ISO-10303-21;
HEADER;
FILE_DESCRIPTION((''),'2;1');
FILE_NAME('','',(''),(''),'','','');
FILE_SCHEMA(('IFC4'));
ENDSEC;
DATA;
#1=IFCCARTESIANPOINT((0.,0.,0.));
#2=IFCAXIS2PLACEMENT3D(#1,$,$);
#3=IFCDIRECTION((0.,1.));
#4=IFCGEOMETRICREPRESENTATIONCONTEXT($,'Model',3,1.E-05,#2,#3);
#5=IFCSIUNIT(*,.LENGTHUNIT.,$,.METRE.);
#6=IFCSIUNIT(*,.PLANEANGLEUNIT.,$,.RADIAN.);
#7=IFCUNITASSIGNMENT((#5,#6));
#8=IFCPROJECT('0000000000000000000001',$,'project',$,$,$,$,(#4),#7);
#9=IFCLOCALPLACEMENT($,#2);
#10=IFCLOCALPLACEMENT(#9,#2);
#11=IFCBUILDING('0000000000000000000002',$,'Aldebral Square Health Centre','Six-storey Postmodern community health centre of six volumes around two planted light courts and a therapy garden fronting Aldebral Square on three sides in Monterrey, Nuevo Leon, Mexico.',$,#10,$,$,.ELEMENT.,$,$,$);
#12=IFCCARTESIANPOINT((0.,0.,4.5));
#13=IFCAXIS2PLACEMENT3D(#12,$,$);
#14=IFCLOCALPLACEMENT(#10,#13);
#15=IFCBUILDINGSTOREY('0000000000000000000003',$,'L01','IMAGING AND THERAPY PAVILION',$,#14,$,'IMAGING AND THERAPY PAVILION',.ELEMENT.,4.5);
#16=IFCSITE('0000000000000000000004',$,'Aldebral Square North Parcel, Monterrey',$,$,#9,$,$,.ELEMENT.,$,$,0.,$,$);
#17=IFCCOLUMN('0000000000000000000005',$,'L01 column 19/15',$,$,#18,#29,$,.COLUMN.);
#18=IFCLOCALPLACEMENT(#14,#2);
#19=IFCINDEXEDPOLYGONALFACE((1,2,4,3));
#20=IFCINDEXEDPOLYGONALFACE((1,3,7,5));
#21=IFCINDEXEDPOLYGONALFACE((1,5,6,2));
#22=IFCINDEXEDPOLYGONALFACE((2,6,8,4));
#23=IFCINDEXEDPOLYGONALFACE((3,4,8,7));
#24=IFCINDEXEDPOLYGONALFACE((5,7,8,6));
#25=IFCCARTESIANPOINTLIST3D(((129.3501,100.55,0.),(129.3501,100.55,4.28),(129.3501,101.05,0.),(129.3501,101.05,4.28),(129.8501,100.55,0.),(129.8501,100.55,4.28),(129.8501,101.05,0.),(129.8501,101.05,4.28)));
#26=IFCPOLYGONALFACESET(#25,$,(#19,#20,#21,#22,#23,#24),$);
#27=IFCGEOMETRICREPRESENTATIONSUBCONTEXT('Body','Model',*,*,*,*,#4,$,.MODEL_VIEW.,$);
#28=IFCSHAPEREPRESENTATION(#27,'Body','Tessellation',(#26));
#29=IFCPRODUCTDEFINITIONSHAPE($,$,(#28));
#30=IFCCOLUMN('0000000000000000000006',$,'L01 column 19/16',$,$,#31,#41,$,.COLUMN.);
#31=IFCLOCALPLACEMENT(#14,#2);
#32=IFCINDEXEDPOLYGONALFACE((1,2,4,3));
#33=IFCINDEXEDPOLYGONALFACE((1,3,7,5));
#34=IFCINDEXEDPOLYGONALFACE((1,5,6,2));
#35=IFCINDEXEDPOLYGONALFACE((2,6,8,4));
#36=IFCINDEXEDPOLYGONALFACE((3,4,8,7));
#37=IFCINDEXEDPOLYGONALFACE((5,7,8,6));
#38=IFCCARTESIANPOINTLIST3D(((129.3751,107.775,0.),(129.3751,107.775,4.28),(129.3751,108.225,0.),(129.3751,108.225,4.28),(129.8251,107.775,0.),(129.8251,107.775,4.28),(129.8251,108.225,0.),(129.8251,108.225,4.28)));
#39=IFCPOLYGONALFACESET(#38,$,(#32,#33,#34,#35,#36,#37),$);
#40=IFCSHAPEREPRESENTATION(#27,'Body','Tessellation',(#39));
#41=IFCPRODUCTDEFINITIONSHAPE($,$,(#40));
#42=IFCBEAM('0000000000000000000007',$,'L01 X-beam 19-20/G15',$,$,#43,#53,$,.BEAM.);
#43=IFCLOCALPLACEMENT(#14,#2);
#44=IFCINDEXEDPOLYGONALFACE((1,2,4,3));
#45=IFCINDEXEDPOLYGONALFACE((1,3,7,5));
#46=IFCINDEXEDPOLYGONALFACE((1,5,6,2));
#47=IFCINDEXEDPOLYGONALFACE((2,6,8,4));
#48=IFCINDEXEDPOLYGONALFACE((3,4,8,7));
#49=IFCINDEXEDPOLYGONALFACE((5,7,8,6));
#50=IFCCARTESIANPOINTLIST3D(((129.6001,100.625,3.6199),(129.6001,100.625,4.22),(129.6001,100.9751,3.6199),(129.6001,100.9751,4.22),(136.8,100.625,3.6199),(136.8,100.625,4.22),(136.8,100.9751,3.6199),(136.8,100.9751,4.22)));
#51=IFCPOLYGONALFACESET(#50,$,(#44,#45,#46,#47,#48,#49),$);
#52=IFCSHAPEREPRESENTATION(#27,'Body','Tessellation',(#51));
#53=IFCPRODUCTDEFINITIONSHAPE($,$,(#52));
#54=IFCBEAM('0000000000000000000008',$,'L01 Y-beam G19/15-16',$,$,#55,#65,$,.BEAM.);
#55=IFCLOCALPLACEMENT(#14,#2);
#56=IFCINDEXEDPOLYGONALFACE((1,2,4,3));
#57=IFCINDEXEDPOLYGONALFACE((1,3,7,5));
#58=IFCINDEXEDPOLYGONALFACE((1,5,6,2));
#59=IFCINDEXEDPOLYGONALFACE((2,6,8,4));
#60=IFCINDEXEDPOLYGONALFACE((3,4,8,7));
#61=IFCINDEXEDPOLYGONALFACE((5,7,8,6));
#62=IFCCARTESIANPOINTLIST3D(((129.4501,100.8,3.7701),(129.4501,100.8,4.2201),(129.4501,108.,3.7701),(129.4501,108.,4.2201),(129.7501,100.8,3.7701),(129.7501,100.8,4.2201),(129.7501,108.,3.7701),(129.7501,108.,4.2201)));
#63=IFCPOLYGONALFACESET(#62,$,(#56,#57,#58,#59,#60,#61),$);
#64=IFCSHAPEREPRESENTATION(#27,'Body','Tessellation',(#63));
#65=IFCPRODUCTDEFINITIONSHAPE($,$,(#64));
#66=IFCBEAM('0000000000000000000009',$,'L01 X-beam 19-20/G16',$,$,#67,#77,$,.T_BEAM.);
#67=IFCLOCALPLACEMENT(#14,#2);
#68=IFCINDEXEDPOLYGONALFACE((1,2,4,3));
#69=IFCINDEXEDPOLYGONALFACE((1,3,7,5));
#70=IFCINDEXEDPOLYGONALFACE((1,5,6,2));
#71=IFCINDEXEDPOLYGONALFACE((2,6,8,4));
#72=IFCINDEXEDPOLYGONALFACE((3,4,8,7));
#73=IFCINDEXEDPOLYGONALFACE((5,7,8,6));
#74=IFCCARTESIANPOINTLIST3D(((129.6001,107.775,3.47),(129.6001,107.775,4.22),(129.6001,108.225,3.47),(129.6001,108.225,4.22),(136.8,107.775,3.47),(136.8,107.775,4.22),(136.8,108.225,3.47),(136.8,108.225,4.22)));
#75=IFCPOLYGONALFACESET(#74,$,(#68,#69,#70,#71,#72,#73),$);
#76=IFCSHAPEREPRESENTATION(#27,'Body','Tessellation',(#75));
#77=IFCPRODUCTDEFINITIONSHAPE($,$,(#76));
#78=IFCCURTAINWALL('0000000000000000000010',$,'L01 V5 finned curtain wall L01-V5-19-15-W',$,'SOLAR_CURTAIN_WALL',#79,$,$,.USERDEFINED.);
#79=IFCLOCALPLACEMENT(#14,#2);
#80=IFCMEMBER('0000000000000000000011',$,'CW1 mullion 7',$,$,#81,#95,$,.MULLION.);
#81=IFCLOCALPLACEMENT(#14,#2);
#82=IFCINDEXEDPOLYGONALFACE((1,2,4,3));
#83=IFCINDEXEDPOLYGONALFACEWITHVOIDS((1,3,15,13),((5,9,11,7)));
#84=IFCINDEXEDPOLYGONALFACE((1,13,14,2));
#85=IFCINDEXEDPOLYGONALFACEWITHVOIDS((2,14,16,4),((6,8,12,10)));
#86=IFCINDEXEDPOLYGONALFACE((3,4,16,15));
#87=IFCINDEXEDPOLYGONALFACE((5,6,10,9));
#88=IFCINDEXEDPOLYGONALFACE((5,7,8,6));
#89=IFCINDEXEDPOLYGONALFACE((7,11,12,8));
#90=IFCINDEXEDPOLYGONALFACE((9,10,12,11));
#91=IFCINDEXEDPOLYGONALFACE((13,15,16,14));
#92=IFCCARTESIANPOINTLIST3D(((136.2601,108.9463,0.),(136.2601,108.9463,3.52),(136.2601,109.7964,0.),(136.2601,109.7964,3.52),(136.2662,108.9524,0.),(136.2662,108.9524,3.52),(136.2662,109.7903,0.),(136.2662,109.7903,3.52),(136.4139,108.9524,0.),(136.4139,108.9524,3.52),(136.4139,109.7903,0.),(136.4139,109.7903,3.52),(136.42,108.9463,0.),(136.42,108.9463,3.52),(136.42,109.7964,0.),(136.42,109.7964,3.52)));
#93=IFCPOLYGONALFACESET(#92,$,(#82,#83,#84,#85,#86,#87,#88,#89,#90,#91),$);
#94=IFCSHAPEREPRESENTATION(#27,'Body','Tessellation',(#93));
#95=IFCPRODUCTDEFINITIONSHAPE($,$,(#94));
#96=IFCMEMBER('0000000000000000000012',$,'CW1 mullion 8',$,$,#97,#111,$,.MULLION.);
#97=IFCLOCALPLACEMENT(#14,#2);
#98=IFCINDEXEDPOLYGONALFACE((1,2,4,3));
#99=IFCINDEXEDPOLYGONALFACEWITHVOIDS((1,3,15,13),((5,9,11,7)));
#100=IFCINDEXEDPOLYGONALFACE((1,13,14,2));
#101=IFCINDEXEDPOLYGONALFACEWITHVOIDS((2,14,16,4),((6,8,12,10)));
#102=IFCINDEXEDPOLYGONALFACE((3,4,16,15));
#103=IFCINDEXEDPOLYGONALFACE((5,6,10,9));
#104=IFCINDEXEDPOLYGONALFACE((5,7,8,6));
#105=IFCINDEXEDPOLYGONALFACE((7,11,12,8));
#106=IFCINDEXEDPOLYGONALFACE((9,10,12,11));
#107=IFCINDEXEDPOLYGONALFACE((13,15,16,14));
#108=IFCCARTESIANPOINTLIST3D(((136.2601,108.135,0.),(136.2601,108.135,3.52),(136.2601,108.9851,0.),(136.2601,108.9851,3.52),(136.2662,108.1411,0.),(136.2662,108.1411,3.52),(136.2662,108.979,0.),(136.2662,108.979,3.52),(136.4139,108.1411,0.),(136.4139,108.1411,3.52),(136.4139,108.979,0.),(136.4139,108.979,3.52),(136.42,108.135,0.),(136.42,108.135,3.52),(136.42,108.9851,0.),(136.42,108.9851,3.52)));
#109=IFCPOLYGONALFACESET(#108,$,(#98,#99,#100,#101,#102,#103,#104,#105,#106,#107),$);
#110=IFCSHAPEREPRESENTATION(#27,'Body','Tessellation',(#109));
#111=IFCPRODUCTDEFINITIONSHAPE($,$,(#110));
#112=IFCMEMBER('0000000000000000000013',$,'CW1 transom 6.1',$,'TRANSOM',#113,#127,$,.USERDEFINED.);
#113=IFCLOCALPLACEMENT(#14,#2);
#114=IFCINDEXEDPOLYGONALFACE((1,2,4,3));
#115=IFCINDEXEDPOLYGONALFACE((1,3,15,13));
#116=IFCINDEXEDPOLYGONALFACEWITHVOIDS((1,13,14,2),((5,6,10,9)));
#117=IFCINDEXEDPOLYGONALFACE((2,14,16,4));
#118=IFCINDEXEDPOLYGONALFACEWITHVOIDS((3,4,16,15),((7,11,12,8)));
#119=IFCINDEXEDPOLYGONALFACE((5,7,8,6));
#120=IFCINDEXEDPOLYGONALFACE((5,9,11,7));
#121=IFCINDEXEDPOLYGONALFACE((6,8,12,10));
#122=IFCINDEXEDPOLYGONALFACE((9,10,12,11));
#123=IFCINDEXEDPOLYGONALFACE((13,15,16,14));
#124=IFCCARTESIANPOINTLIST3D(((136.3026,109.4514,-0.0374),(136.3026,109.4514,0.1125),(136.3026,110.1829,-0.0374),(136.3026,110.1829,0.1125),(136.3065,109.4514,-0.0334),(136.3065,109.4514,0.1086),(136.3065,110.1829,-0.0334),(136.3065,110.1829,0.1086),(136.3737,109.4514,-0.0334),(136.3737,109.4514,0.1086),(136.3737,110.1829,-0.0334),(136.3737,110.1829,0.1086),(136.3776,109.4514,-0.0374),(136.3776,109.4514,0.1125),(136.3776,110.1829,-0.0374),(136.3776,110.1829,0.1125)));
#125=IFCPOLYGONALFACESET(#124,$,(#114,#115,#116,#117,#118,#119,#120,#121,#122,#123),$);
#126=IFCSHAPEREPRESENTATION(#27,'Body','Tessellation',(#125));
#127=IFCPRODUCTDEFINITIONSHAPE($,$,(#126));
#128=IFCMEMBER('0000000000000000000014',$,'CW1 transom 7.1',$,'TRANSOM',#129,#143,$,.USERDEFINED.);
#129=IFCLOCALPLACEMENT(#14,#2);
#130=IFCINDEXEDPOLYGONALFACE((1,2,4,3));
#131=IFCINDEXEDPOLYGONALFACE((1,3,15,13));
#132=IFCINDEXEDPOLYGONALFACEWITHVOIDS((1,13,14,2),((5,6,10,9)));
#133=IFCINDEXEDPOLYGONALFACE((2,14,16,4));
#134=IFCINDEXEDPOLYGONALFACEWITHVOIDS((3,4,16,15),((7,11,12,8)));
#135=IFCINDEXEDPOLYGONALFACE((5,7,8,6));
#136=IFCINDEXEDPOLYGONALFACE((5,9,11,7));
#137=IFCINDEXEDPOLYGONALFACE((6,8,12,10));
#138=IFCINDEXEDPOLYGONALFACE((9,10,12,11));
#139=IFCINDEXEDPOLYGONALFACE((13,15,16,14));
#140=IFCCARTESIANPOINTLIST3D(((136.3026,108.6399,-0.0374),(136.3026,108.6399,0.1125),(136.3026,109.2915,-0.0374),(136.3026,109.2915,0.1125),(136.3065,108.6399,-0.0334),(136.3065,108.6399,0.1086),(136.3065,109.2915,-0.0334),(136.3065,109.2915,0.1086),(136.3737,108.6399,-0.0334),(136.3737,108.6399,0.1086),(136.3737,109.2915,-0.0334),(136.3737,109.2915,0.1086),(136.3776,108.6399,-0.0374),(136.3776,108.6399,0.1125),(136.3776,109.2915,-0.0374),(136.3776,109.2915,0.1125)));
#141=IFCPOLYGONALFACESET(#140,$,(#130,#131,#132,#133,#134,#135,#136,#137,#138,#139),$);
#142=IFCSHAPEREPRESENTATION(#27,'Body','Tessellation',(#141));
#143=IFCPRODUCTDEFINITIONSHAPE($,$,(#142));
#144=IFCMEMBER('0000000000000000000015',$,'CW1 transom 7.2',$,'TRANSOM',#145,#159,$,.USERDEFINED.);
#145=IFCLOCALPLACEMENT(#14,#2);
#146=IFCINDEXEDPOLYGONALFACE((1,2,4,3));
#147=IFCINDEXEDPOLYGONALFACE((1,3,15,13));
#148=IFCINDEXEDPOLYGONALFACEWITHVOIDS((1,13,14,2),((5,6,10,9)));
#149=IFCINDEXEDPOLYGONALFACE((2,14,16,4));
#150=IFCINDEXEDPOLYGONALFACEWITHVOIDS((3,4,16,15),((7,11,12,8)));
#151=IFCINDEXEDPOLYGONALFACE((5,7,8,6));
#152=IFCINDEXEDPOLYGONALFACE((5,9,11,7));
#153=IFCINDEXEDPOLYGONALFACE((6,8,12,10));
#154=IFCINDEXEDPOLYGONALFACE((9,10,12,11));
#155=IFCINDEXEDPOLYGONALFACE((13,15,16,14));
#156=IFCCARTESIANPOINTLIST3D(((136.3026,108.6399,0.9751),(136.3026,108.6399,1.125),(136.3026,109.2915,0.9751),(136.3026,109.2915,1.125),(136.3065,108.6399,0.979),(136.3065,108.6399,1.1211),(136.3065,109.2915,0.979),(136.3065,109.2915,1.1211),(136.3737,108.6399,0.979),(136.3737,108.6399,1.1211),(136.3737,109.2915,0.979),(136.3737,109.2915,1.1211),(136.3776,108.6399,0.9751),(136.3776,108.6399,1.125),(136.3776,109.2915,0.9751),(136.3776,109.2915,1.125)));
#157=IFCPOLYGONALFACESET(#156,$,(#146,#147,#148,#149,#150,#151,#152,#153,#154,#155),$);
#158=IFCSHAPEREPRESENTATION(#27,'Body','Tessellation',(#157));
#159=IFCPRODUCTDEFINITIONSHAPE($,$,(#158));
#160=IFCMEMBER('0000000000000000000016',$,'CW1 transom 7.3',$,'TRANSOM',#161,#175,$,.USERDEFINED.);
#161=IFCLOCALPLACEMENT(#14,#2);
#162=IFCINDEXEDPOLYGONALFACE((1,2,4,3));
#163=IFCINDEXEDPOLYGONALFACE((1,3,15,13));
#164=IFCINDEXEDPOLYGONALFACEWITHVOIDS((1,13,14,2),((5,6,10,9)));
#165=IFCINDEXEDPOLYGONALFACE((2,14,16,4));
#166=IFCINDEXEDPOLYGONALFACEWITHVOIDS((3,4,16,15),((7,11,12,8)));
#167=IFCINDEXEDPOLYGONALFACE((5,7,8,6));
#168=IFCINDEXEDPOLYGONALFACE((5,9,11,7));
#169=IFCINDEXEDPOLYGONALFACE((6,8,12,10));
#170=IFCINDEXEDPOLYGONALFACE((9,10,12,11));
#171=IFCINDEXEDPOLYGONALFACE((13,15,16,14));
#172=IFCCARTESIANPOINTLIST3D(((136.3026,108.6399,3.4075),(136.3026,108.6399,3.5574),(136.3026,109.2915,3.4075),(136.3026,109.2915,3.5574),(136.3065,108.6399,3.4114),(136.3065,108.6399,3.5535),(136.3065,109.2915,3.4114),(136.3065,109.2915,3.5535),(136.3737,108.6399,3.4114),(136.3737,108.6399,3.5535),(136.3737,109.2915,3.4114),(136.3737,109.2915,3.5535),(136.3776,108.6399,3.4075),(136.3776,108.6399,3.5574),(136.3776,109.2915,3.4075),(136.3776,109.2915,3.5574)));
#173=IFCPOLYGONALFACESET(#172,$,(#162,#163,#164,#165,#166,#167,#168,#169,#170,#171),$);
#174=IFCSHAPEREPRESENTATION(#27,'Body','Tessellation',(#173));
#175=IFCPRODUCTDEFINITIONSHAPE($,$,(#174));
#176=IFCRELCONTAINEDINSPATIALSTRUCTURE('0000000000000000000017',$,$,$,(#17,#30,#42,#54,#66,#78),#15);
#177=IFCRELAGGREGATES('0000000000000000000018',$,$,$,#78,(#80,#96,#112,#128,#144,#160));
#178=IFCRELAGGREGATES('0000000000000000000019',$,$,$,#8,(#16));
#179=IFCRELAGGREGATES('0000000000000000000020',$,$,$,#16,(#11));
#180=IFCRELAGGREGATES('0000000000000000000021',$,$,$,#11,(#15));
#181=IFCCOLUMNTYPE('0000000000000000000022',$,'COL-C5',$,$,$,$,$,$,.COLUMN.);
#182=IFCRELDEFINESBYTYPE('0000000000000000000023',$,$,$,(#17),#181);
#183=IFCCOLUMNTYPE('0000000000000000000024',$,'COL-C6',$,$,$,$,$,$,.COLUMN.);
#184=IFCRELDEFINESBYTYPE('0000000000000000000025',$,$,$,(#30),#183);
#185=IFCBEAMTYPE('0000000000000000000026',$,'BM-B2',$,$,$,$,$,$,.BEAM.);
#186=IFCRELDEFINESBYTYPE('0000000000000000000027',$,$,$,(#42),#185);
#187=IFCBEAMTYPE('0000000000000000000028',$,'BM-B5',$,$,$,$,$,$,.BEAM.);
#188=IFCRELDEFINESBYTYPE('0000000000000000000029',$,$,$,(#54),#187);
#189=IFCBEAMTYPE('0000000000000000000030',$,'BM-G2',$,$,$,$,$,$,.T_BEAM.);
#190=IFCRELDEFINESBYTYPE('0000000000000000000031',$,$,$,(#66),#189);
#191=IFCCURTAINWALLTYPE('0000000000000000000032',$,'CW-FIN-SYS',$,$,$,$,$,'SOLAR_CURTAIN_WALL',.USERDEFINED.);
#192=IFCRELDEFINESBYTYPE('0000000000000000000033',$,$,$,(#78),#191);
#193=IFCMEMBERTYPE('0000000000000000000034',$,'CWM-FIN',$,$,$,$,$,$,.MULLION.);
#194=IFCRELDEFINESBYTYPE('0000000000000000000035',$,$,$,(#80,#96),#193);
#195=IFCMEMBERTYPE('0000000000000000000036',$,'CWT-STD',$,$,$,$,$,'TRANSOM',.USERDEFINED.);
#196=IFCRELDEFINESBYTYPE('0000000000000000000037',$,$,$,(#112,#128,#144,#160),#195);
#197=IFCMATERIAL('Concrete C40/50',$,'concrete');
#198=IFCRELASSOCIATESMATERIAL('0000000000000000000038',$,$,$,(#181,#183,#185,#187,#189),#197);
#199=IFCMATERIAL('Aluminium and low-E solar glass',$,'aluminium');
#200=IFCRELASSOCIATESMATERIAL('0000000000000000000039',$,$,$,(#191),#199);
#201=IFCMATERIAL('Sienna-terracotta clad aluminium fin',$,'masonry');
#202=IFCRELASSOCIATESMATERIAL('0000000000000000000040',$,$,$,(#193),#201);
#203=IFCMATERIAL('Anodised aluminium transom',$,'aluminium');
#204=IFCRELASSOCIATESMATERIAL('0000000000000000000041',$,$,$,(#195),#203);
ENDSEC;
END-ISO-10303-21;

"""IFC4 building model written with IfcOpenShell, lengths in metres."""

from ifc_helpers import new_model, si_unit, direction, frame, origin, origin_2d, place, context, subcontext, project, spatial, rectangle, hollow_rectangle, extrude, material, material_profile, profile_set, type_object, element, aggregate, save


model = new_model("IFC4")

# Units and contexts
model_context = context("Model", 3, precision=1e-05, world=origin(), true_north=direction((0.0, 1.0)))
body_context = subcontext(model_context, "Body", "Model", "MODEL_VIEW")
ifc_project = project(units=[si_unit("LENGTHUNIT", "METRE"), si_unit("PLANEANGLEUNIT", "RADIAN")], contexts=[model_context])

# Site, building, storey
site_placement = place(None, origin())
site = spatial("IfcSite", under=ifc_project, at=site_placement, Name="Aldebral Square North Parcel, Monterrey", CompositionType="ELEMENT", RefElevation=0.0)
building_placement = place(site_placement, origin())
building = spatial("IfcBuilding", under=site, at=building_placement, Name="Aldebral Square Health Centre", Description="Six-storey Postmodern community health centre of six volumes around two planted light courts and a therapy garden fronting Aldebral Square on three sides in Monterrey, Nuevo Leon, Mexico.", CompositionType="ELEMENT")
storey_placement = place(building_placement, frame((0.0, 0.0, 4.5)))
storey = spatial("IfcBuildingStorey", under=building, at=storey_placement, Name="L01", Description="IMAGING AND THERAPY PAVILION", LongName="IMAGING AND THERAPY PAVILION", CompositionType="ELEMENT", Elevation=4.5)

# Columns
ifc_material_1 = material(Name="Concrete C40/50", Category="concrete")
ifc_material_profile_1 = material_profile(ifc_material_1, rectangle(XDim=0.5, YDim=0.5, at=origin_2d()), Name="RC 500x500")
ifc_profile_set_1 = profile_set([ifc_material_profile_1], Name="Concrete C40/50")
column_type_1 = type_object("IfcColumnType", Name="COL-C5", PredefinedType="COLUMN", material=ifc_profile_set_1)
column_1_placement = place(storey_placement, frame((129.6001, 100.8, 0.0), z_axis=(0.0, 0.0, 1.0), x_axis=(1.0, 0.0, 0.0)))
element("IfcColumn", 1, at=column_1_placement, inside=storey, type_object=column_type_1, Name="L01 column 19/15", PredefinedType="COLUMN", context=body_context, shape_type="SweptSolid", body=[
    extrude(rectangle(XDim=0.5, YDim=0.5, at=origin_2d()), origin(), (0.0, 0.0, 1.0), 4.28),
])
ifc_material_profile_2 = material_profile(ifc_material_1, rectangle(XDim=0.45, YDim=0.45, at=origin_2d()), Name="RC 450x450")
ifc_profile_set_2 = profile_set([ifc_material_profile_2], Name="Concrete C40/50")
column_type_2 = type_object("IfcColumnType", Name="COL-C6", PredefinedType="COLUMN", material=ifc_profile_set_2)
column_2_placement = place(storey_placement, frame((129.6001, 108.0, 0.0), z_axis=(0.0, 0.0, 1.0), x_axis=(1.0, 0.0, 0.0)))
element("IfcColumn", 2, at=column_2_placement, inside=storey, type_object=column_type_2, Name="L01 column 19/16", PredefinedType="COLUMN", context=body_context, shape_type="SweptSolid", body=[
    extrude(rectangle(XDim=0.45, YDim=0.45, at=origin_2d()), origin(), (0.0, 0.0, 1.0), 4.28),
])

# Beams
ifc_material_profile_3 = material_profile(ifc_material_1, rectangle(XDim=0.3501, YDim=0.6001, at=origin_2d()), Name="RC 350x600")
ifc_profile_set_3 = profile_set([ifc_material_profile_3], Name="Concrete C40/50")
beam_type_1 = type_object("IfcBeamType", Name="BM-B2", PredefinedType="BEAM", material=ifc_profile_set_3)
beam_1_placement = place(storey_placement, frame((129.6001, 100.8, 3.9199), z_axis=(1.0, 0.0, 0.0), x_axis=(0.0, 1.0, 0.0)))
element("IfcBeam", 3, at=beam_1_placement, inside=storey, type_object=beam_type_1, Name="L01 X-beam 19-20/G15", PredefinedType="BEAM", context=body_context, shape_type="SweptSolid", body=[
    extrude(rectangle(XDim=0.3501, YDim=0.6001, at=origin_2d()), origin(), (0.0, 0.0, 1.0), 7.2),
])
ifc_material_profile_4 = material_profile(ifc_material_1, rectangle(XDim=0.3, YDim=0.45, at=origin_2d()), Name="RC 300x450")
ifc_profile_set_4 = profile_set([ifc_material_profile_4], Name="Concrete C40/50")
beam_type_2 = type_object("IfcBeamType", Name="BM-B5", PredefinedType="BEAM", material=ifc_profile_set_4)
beam_2_placement = place(storey_placement, frame((129.6001, 100.8, 3.9951), z_axis=(0.0, 1.0, 0.0), x_axis=(-1.0, 0.0, 0.0)))
element("IfcBeam", 4, at=beam_2_placement, inside=storey, type_object=beam_type_2, Name="L01 Y-beam G19/15-16", PredefinedType="BEAM", context=body_context, shape_type="SweptSolid", body=[
    extrude(rectangle(XDim=0.3, YDim=0.45, at=origin_2d()), origin(), (0.0, 0.0, 1.0), 7.2),
])
ifc_material_profile_5 = material_profile(ifc_material_1, rectangle(XDim=0.45, YDim=0.75, at=origin_2d()), Name="RC 450x750")
ifc_profile_set_5 = profile_set([ifc_material_profile_5], Name="Concrete C40/50")
beam_type_3 = type_object("IfcBeamType", Name="BM-G2", PredefinedType="T_BEAM", material=ifc_profile_set_5)
beam_3_placement = place(storey_placement, frame((129.6001, 108.0, 3.845), z_axis=(1.0, 0.0, 0.0), x_axis=(0.0, 1.0, 0.0)))
element("IfcBeam", 5, at=beam_3_placement, inside=storey, type_object=beam_type_3, Name="L01 X-beam 19-20/G16", PredefinedType="T_BEAM", context=body_context, shape_type="SweptSolid", body=[
    extrude(rectangle(XDim=0.45, YDim=0.75, at=origin_2d()), origin(), (0.0, 0.0, 1.0), 7.2),
])

# Curtain wall, members
ifc_material_2 = material(Name="Aluminium and low-E solar glass", Category="aluminium")
curtain_wall_type = type_object("IfcCurtainWallType", Name="CW-FIN-SYS", ElementType="SOLAR_CURTAIN_WALL", PredefinedType="USERDEFINED", material=ifc_material_2)
curtain_wall_placement = place(storey_placement, origin())
curtain_wall = element("IfcCurtainWall", 6, at=curtain_wall_placement, inside=storey, type_object=curtain_wall_type, Name="L01 V5 finned curtain wall L01-V5-19-15-W", ObjectType="SOLAR_CURTAIN_WALL", PredefinedType="USERDEFINED")
ifc_material_3 = material(Name="Sienna-terracotta clad aluminium fin", Category="masonry")
ifc_material_profile_6 = material_profile(ifc_material_3, hollow_rectangle(XDim=0.1599, YDim=0.8501, WallThickness=0.0061, at=origin_2d()), Name="FIN 160x850x6")
ifc_profile_set_6 = profile_set([ifc_material_profile_6], Name="Sienna-terracotta clad aluminium fin")
member_type_1 = type_object("IfcMemberType", Name="CWM-FIN", PredefinedType="MULLION", material=ifc_profile_set_6)
member_1_placement = place(storey_placement, frame((136.3401, 109.3713, 0.0), z_axis=(0.0, 0.0, 1.0), x_axis=(1.0, 0.0, 0.0)))
member_1 = element("IfcMember", 7, at=member_1_placement, type_object=member_type_1, Name="CW1 mullion 7", PredefinedType="MULLION", context=body_context, shape_type="SweptSolid", body=[
    extrude(hollow_rectangle(XDim=0.1599, YDim=0.8501, WallThickness=0.0061, at=origin_2d()), origin(), (0.0, 0.0, 1.0), 3.52),
])
member_2_placement = place(storey_placement, frame((136.3401, 108.5601, 0.0), z_axis=(0.0, 0.0, 1.0), x_axis=(1.0, 0.0, 0.0)))
member_2 = element("IfcMember", 8, at=member_2_placement, type_object=member_type_1, Name="CW1 mullion 8", PredefinedType="MULLION", context=body_context, shape_type="SweptSolid", body=[
    extrude(hollow_rectangle(XDim=0.1599, YDim=0.8501, WallThickness=0.0061, at=origin_2d()), origin(), (0.0, 0.0, 1.0), 3.52),
])
ifc_material_4 = material(Name="Anodised aluminium transom", Category="aluminium")
ifc_material_profile_7 = material_profile(ifc_material_4, hollow_rectangle(XDim=0.075, YDim=0.1499, WallThickness=0.0039, at=origin_2d()), Name="CWT 75x150x4")
ifc_profile_set_7 = profile_set([ifc_material_profile_7], Name="Anodised aluminium transom")
member_type_2 = type_object("IfcMemberType", Name="CWT-STD", ElementType="TRANSOM", PredefinedType="USERDEFINED", material=ifc_profile_set_7)
member_3_placement = place(storey_placement, frame((136.3401, 110.1829, 0.0376), z_axis=(0.0, -1.0, 0.0), x_axis=(1.0, 0.0, 0.0)))
member_3 = element("IfcMember", 9, at=member_3_placement, type_object=member_type_2, Name="CW1 transom 6.1", ObjectType="TRANSOM", PredefinedType="USERDEFINED", context=body_context, shape_type="SweptSolid", body=[
    extrude(hollow_rectangle(XDim=0.075, YDim=0.1499, WallThickness=0.0039, at=origin_2d()), origin(), (0.0, 0.0, 1.0), 0.7314),
])
member_4_placement = place(storey_placement, frame((136.3401, 109.2915, 0.0376), z_axis=(0.0, -1.0, 0.0), x_axis=(1.0, 0.0, 0.0)))
member_4 = element("IfcMember", 10, at=member_4_placement, type_object=member_type_2, Name="CW1 transom 7.1", ObjectType="TRANSOM", PredefinedType="USERDEFINED", context=body_context, shape_type="SweptSolid", body=[
    extrude(hollow_rectangle(XDim=0.075, YDim=0.1499, WallThickness=0.0039, at=origin_2d()), origin(), (0.0, 0.0, 1.0), 0.6516),
])
member_5_placement = place(storey_placement, frame((136.3401, 109.2915, 1.05), z_axis=(0.0, -1.0, 0.0), x_axis=(1.0, 0.0, 0.0)))
member_5 = element("IfcMember", 11, at=member_5_placement, type_object=member_type_2, Name="CW1 transom 7.2", ObjectType="TRANSOM", PredefinedType="USERDEFINED", context=body_context, shape_type="SweptSolid", body=[
    extrude(hollow_rectangle(XDim=0.075, YDim=0.1499, WallThickness=0.0039, at=origin_2d()), origin(), (0.0, 0.0, 1.0), 0.6516),
])
member_6_placement = place(storey_placement, frame((136.3401, 109.2915, 3.4824), z_axis=(0.0, -1.0, 0.0), x_axis=(1.0, 0.0, 0.0)))
member_6 = element("IfcMember", 12, at=member_6_placement, type_object=member_type_2, Name="CW1 transom 7.3", ObjectType="TRANSOM", PredefinedType="USERDEFINED", context=body_context, shape_type="SweptSolid", body=[
    extrude(hollow_rectangle(XDim=0.075, YDim=0.1499, WallThickness=0.0039, at=origin_2d()), origin(), (0.0, 0.0, 1.0), 0.6516),
])
aggregate(curtain_wall, [member_1, member_2, member_3, member_4, member_5, member_6])

save(model, "model.ifc")
